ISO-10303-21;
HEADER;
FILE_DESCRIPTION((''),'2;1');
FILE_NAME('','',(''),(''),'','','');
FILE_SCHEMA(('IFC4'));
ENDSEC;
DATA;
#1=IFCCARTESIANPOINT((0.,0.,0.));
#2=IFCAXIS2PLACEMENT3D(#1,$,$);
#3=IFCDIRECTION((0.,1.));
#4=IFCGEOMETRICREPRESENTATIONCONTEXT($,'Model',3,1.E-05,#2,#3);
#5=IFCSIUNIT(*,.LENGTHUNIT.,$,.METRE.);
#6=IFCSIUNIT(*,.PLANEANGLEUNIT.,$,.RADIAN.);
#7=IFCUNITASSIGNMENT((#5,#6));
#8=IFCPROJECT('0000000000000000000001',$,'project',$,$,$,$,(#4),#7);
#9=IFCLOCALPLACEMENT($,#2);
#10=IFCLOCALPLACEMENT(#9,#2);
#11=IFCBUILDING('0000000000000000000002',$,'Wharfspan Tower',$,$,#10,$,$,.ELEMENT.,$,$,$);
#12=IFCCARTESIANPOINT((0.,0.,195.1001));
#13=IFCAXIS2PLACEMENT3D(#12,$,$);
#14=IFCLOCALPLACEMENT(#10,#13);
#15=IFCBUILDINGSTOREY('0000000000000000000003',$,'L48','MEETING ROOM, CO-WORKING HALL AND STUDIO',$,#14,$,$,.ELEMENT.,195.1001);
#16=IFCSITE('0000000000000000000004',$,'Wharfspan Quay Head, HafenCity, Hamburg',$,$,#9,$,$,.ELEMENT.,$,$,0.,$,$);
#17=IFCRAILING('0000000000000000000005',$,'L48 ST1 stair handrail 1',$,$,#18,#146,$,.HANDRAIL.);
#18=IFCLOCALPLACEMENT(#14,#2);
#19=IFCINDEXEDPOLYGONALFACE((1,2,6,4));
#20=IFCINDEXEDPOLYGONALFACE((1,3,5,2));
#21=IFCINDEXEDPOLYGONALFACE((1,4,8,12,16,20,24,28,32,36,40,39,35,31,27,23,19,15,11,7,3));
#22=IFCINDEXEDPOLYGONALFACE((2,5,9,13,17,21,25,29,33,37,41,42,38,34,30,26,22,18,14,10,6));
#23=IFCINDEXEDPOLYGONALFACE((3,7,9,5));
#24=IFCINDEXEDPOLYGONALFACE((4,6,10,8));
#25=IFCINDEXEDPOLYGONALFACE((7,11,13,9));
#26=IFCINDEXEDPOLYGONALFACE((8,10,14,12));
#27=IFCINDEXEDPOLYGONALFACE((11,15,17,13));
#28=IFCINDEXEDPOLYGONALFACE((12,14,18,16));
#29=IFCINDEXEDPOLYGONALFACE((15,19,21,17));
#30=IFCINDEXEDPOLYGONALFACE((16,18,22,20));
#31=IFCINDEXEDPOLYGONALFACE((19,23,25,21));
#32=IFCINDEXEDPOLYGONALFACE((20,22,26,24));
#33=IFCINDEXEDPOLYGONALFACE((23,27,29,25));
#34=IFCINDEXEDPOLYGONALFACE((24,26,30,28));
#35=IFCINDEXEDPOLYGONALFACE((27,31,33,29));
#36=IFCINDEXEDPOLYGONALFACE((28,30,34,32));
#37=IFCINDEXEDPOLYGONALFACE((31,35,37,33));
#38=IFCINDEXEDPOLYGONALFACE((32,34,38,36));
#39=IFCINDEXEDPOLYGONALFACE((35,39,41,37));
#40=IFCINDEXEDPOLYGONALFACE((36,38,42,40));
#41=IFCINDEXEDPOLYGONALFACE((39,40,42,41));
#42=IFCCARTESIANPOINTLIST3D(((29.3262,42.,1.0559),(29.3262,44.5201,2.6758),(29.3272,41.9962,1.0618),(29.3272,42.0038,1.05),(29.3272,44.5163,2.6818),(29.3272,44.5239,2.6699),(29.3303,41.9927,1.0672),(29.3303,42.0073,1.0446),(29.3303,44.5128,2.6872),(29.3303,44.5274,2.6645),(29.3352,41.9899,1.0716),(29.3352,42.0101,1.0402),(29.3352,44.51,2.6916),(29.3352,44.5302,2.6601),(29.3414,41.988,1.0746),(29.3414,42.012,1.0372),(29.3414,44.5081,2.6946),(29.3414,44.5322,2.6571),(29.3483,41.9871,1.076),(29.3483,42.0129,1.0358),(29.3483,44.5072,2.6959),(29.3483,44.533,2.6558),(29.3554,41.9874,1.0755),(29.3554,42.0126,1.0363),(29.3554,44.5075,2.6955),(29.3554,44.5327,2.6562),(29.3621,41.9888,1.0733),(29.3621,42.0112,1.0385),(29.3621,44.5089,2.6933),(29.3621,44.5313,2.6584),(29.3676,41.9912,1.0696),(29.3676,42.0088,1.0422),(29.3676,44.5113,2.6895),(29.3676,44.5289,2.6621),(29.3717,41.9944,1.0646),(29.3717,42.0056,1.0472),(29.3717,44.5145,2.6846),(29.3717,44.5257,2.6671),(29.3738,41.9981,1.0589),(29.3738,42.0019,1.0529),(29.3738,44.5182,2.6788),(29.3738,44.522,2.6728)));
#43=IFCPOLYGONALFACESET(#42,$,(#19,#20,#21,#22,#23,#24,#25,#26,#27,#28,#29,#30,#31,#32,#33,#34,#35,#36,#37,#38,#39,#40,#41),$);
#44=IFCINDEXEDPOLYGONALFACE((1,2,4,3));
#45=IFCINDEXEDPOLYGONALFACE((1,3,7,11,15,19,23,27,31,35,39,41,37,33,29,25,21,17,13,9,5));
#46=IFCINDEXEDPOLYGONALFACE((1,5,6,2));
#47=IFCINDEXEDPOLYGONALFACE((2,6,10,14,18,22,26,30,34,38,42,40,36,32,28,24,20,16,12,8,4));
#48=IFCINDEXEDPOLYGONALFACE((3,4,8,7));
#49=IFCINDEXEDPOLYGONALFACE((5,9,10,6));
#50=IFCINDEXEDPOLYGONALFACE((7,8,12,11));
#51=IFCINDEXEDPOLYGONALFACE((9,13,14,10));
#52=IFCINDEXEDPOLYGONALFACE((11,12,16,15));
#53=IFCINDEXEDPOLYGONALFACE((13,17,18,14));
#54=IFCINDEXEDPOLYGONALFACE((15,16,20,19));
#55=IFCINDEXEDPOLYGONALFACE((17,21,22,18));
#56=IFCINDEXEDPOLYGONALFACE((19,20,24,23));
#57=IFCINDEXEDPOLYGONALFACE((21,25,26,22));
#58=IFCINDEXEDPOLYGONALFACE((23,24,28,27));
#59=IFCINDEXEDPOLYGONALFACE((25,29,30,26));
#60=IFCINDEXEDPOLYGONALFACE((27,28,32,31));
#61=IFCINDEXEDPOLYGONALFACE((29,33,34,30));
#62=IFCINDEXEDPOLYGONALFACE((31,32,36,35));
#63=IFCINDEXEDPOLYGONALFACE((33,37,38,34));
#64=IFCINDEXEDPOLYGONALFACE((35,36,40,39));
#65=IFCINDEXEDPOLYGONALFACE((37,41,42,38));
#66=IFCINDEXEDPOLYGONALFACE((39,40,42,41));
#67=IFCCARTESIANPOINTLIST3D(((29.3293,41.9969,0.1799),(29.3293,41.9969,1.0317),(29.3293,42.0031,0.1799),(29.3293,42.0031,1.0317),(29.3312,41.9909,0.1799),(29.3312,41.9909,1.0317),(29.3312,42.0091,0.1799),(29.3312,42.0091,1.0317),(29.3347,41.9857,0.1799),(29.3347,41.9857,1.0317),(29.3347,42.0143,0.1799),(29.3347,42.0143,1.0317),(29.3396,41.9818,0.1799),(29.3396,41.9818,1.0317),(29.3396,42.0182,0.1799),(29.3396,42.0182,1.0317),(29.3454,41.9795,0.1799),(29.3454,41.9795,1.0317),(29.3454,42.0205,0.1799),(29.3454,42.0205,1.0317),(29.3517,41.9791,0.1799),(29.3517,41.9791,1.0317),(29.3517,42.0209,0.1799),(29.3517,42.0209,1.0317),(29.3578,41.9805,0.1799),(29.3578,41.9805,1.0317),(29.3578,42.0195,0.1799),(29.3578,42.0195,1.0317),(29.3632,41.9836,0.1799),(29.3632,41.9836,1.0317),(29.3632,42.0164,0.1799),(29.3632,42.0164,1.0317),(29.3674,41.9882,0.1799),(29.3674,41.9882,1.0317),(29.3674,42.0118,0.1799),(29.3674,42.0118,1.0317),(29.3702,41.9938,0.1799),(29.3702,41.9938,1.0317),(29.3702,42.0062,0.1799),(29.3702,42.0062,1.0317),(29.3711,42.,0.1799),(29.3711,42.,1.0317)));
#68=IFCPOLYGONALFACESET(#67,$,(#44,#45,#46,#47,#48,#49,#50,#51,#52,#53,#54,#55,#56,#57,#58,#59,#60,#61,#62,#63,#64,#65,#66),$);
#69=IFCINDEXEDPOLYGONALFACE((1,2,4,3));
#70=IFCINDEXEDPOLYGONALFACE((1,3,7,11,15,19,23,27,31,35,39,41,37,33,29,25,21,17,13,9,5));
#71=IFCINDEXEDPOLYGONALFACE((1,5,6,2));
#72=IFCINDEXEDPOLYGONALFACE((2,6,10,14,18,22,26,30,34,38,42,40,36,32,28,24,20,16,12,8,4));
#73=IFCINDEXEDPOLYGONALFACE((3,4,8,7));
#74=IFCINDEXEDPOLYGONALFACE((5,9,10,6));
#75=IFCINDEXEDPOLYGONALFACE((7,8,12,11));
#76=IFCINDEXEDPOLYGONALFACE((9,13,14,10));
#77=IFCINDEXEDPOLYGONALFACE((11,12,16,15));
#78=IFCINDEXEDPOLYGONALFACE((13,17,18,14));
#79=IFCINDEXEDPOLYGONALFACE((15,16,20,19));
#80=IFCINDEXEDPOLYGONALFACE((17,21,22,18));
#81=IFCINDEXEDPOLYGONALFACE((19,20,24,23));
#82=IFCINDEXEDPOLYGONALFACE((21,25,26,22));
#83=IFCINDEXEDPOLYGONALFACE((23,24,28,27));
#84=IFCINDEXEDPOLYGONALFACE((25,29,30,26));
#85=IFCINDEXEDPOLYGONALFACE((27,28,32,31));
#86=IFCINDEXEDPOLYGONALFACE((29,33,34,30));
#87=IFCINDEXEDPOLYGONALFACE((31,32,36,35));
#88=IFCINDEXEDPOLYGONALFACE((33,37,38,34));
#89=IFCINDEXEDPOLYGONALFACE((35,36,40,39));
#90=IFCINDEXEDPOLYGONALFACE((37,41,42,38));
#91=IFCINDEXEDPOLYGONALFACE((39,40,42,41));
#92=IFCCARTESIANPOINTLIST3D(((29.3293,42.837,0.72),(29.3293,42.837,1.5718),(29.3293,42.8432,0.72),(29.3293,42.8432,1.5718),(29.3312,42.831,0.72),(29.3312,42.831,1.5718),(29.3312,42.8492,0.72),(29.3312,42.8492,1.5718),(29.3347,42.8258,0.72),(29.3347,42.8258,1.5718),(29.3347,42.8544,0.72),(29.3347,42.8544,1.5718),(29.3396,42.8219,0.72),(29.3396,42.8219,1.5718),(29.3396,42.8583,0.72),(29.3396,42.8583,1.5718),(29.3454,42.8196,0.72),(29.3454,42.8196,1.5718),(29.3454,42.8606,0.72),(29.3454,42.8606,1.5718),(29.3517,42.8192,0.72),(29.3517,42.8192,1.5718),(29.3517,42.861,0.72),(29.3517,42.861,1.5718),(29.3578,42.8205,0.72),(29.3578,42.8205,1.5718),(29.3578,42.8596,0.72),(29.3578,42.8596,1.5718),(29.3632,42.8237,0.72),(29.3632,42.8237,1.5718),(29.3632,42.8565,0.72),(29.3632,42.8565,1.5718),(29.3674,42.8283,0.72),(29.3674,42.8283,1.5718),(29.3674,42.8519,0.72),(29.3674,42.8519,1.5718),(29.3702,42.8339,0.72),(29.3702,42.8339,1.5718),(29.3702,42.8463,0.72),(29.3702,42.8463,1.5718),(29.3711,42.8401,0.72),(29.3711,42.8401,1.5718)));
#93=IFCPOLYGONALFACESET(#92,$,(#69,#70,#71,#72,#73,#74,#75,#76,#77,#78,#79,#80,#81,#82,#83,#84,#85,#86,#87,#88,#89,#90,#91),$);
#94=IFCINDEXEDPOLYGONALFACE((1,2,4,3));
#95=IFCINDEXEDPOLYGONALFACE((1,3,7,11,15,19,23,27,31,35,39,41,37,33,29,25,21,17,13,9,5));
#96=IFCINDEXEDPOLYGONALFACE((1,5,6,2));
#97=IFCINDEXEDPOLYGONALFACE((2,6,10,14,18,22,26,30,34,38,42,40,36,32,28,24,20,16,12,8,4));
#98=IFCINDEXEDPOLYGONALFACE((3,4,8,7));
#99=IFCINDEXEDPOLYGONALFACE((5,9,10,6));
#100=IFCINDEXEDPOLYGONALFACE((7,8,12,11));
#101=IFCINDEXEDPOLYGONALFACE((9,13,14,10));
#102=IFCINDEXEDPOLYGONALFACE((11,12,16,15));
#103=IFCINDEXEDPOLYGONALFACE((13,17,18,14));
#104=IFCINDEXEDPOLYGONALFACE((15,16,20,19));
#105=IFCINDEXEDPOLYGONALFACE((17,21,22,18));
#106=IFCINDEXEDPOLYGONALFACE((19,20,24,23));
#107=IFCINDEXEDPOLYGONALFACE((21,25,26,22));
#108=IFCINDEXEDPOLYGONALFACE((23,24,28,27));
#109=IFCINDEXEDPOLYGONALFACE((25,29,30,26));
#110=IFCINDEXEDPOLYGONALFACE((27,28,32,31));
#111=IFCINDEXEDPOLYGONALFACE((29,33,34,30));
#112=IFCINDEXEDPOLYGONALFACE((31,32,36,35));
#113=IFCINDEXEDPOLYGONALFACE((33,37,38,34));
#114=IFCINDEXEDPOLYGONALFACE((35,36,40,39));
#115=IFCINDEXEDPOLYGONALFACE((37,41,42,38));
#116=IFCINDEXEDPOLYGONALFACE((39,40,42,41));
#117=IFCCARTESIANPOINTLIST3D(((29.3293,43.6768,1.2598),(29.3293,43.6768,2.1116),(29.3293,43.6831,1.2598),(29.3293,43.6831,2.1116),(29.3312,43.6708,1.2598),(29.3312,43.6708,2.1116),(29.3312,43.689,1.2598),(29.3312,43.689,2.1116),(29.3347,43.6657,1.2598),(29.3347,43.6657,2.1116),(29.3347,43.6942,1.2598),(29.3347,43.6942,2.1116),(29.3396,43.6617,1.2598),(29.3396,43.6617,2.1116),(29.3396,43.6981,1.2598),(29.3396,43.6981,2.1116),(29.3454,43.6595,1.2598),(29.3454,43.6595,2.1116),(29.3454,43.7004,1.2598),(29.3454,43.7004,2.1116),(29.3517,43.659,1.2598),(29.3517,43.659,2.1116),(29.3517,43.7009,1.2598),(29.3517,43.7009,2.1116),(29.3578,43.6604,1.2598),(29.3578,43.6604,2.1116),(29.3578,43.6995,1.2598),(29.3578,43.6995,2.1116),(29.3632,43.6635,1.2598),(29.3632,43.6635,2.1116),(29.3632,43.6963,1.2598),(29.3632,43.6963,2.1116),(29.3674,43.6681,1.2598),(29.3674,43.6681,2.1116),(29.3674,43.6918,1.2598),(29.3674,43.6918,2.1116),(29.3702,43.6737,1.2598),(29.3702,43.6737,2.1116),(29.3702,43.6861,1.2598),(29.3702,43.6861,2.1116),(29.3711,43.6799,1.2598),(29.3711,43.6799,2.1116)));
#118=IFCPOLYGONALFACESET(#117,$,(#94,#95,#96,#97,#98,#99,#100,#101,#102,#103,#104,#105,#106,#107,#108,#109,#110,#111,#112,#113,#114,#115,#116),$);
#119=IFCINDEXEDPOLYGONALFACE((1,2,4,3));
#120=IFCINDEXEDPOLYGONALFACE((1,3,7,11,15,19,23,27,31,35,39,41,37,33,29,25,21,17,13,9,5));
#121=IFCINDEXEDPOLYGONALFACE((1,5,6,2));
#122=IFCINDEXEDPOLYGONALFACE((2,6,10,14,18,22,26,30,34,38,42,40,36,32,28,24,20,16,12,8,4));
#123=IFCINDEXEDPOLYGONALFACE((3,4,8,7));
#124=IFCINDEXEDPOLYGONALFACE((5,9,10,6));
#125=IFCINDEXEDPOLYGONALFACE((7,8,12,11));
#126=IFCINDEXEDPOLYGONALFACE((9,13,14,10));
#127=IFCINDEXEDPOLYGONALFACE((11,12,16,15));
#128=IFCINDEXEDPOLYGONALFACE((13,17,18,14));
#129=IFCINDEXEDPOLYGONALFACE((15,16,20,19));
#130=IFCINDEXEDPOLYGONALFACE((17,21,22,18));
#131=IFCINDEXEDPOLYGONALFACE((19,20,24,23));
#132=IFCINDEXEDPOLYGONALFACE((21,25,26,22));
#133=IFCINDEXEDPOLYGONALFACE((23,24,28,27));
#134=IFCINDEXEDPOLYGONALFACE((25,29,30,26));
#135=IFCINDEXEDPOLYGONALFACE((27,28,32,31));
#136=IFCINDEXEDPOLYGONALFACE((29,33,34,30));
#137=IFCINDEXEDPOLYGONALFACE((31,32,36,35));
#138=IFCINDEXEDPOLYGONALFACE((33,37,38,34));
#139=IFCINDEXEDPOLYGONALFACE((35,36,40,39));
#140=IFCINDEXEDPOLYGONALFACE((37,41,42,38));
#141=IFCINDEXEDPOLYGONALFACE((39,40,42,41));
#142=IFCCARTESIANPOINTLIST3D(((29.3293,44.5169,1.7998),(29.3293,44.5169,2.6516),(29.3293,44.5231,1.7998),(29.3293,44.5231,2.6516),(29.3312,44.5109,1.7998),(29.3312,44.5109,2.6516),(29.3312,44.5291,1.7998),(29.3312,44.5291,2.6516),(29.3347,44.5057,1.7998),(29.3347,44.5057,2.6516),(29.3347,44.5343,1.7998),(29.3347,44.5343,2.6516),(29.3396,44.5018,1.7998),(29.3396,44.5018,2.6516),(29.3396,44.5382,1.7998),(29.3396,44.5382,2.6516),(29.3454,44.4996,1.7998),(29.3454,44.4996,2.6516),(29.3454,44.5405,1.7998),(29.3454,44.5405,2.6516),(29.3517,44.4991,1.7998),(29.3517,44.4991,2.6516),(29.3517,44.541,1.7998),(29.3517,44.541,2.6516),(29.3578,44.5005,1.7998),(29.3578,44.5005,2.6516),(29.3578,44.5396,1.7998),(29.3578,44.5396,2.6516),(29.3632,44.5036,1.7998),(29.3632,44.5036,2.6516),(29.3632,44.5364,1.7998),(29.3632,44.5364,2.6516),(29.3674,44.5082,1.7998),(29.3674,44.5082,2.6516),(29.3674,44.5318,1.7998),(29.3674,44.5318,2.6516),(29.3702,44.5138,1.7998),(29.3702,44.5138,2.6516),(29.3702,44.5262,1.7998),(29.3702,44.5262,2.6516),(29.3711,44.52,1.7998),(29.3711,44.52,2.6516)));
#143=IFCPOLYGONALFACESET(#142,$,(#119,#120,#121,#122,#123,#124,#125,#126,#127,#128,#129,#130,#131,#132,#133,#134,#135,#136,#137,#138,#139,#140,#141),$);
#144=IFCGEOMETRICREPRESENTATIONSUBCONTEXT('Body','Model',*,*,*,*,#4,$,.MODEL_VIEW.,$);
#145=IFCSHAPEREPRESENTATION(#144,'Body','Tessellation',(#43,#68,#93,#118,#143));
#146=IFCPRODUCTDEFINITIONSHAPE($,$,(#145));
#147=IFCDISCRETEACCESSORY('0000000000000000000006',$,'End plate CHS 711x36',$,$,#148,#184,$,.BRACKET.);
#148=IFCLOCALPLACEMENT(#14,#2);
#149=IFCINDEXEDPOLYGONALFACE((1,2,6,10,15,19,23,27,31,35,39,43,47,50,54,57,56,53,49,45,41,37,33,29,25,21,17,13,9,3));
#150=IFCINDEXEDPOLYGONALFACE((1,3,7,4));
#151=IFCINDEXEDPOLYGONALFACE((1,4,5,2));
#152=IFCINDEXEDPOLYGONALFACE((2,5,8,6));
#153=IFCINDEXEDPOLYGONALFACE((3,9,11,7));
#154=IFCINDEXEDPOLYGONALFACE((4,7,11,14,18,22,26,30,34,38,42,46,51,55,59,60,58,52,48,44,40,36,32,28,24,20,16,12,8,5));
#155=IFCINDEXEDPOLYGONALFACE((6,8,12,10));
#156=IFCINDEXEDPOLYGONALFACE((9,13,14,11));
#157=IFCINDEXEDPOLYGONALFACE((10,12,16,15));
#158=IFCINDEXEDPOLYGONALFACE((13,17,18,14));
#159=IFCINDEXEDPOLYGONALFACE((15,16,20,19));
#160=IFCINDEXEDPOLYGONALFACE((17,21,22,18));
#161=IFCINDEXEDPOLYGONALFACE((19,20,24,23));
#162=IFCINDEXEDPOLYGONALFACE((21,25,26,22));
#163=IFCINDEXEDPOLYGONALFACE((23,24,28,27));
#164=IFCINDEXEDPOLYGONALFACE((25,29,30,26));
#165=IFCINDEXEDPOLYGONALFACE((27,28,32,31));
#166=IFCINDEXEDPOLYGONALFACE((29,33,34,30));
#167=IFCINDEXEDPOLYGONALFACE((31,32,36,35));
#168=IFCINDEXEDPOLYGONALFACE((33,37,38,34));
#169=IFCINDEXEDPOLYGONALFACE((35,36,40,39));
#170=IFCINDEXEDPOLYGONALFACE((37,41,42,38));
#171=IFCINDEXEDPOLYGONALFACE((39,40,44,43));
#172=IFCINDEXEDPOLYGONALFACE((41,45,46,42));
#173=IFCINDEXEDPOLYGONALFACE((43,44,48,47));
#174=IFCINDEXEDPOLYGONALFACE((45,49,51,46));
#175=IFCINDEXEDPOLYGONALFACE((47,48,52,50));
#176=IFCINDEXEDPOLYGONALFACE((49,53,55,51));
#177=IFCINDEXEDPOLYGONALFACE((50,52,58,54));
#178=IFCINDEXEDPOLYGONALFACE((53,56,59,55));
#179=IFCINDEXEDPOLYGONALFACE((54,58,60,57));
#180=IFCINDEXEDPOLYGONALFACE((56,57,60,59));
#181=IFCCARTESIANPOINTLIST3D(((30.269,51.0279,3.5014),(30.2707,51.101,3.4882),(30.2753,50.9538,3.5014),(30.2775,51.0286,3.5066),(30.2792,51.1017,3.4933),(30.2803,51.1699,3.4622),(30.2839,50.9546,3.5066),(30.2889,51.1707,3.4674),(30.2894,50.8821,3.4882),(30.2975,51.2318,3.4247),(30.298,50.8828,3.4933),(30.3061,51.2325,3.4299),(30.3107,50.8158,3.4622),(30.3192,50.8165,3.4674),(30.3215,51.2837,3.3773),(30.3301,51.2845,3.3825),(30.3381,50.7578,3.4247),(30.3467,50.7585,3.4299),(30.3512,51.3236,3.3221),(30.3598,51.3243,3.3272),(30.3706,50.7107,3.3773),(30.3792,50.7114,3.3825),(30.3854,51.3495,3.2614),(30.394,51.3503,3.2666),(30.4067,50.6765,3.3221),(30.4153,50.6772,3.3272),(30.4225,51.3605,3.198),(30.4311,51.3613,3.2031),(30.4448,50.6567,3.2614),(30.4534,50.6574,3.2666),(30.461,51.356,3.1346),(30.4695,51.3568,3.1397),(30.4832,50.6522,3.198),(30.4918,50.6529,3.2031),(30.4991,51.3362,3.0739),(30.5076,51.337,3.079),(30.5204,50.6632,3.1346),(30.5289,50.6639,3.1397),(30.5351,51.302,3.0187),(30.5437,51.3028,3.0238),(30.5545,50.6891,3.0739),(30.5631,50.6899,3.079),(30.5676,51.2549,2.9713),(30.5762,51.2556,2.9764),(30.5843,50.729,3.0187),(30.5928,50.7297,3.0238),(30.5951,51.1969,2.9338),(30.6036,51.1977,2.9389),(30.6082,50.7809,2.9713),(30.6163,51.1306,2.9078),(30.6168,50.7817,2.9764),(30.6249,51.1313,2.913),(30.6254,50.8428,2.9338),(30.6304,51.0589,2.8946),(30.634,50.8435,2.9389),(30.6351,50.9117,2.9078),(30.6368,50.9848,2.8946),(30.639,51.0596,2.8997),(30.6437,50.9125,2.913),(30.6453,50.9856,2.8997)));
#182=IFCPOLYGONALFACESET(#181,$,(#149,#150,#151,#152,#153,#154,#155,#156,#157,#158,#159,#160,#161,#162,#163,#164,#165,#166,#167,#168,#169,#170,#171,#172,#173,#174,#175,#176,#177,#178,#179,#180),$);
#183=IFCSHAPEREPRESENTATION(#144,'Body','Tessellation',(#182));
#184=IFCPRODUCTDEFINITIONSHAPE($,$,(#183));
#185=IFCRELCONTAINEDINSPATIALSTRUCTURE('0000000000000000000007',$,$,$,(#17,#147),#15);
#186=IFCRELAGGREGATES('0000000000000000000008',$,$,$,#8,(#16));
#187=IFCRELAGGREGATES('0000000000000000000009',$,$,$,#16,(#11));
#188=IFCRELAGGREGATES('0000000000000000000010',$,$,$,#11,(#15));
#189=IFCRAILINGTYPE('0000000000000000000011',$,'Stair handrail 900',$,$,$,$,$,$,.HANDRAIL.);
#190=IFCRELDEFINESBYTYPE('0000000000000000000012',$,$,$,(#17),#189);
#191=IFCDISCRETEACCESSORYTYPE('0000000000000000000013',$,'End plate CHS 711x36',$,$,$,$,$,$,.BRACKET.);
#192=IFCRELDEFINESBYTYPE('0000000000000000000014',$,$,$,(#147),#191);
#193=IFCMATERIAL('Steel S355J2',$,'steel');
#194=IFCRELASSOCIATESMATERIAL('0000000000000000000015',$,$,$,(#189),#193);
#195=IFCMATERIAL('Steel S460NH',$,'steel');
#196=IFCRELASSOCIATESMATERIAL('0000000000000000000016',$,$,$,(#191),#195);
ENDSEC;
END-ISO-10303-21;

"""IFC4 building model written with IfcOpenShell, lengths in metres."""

from ifc_helpers import new_model, si_unit, direction, frame, origin, origin_2d, place, context, subcontext, project, spatial, circle, extrude, material, material_profile, profile_set, type_object, element, save


model = new_model("IFC4")

# Units and contexts
model_context = context("Model", 3, precision=1e-05, world=origin(), true_north=direction((0.0, 1.0)))
body_context = subcontext(model_context, "Body", "Model", "MODEL_VIEW")
ifc_project = project(units=[si_unit("LENGTHUNIT", "METRE"), si_unit("PLANEANGLEUNIT", "RADIAN")], contexts=[model_context])

# Site, building, storey
site_placement = place(None, origin())
site = spatial("IfcSite", under=ifc_project, at=site_placement, Name="Wharfspan Quay Head, HafenCity, Hamburg", CompositionType="ELEMENT", RefElevation=0.0)
building_placement = place(site_placement, origin())
building = spatial("IfcBuilding", under=site, at=building_placement, Name="Wharfspan Tower", CompositionType="ELEMENT")
storey_placement = place(building_placement, frame((0.0, 0.0, 195.1001)))
storey = spatial("IfcBuildingStorey", under=building, at=storey_placement, Name="L48", Description="MEETING ROOM, CO-WORKING HALL AND STUDIO", CompositionType="ELEMENT", Elevation=195.1001)

# Shared definitions
ifc_material_1 = material(Name="Steel S355J2", Category="steel")

# Shared definitions
ifc_material_2 = material(Name="Steel S460NH", Category="steel")

# Railing
railing_type_1 = type_object("IfcRailingType", Name="Stair handrail 900", PredefinedType="HANDRAIL", material=ifc_material_1)
railing_1_placement = place(storey_placement, frame((29.3501, 42.0, 0.1799)))
element("IfcRailing", 1, at=railing_1_placement, inside=storey, type_object=railing_type_1, Name="L48 ST1 stair handrail 1", PredefinedType="HANDRAIL", context=body_context, shape_type="SweptSolid", body=[
    extrude(circle(Radius=0.0239, at=origin_2d()), frame((0.0, 0.0, 0.876), z_axis=(0.0, 0.8412, 0.540725), x_axis=(-1.0, 0.0, 0.0)), (0.0, 0.0, 1.0), 2.9958),
    extrude(circle(Radius=0.021, at=origin_2d()), origin(), (0.0, 0.0, 1.0), 0.8518),
    extrude(circle(Radius=0.021, at=origin_2d()), frame((0.0, 0.8401, 0.54)), (0.0, 0.0, 1.0), 0.8518),
    extrude(circle(Radius=0.021, at=origin_2d()), frame((0.0, 1.6799, 1.0798)), (0.0, 0.0, 1.0), 0.8518),
    extrude(circle(Radius=0.021, at=origin_2d()), frame((0.0, 2.52, 1.6199)), (0.0, 0.0, 1.0), 0.8518),
])

# Discrete accessory
ifc_material_profile_1 = material_profile(ifc_material_2, circle(Radius=0.3555, at=origin_2d()))
ifc_profile_set_1 = profile_set([ifc_material_profile_1], Name="Steel S460NH")
discrete_accessory_type = type_object("IfcDiscreteAccessoryType", Name="End plate CHS 711x36", PredefinedType="BRACKET", material=ifc_profile_set_1)
for number, where, z_axis, x_axis, name in (
    (2, (30.4529, 51.0063, 3.198), (0.855186, 0.073302, 0.513112), (-0.085402, 0.996345, 0.000001), "End plate CHS 711x36"),
):
    element("IfcDiscreteAccessory", number, at=place(storey_placement, frame(where, z_axis=z_axis, x_axis=x_axis)), inside=storey, type_object=discrete_accessory_type, Name=name, PredefinedType="BRACKET", context=body_context, shape_type="SweptSolid", body=[
        extrude(circle(Radius=0.3555, at=origin_2d()), origin(), (0.0, 0.0, 1.0), 0.01),
    ])

save(model, "model.ifc")
